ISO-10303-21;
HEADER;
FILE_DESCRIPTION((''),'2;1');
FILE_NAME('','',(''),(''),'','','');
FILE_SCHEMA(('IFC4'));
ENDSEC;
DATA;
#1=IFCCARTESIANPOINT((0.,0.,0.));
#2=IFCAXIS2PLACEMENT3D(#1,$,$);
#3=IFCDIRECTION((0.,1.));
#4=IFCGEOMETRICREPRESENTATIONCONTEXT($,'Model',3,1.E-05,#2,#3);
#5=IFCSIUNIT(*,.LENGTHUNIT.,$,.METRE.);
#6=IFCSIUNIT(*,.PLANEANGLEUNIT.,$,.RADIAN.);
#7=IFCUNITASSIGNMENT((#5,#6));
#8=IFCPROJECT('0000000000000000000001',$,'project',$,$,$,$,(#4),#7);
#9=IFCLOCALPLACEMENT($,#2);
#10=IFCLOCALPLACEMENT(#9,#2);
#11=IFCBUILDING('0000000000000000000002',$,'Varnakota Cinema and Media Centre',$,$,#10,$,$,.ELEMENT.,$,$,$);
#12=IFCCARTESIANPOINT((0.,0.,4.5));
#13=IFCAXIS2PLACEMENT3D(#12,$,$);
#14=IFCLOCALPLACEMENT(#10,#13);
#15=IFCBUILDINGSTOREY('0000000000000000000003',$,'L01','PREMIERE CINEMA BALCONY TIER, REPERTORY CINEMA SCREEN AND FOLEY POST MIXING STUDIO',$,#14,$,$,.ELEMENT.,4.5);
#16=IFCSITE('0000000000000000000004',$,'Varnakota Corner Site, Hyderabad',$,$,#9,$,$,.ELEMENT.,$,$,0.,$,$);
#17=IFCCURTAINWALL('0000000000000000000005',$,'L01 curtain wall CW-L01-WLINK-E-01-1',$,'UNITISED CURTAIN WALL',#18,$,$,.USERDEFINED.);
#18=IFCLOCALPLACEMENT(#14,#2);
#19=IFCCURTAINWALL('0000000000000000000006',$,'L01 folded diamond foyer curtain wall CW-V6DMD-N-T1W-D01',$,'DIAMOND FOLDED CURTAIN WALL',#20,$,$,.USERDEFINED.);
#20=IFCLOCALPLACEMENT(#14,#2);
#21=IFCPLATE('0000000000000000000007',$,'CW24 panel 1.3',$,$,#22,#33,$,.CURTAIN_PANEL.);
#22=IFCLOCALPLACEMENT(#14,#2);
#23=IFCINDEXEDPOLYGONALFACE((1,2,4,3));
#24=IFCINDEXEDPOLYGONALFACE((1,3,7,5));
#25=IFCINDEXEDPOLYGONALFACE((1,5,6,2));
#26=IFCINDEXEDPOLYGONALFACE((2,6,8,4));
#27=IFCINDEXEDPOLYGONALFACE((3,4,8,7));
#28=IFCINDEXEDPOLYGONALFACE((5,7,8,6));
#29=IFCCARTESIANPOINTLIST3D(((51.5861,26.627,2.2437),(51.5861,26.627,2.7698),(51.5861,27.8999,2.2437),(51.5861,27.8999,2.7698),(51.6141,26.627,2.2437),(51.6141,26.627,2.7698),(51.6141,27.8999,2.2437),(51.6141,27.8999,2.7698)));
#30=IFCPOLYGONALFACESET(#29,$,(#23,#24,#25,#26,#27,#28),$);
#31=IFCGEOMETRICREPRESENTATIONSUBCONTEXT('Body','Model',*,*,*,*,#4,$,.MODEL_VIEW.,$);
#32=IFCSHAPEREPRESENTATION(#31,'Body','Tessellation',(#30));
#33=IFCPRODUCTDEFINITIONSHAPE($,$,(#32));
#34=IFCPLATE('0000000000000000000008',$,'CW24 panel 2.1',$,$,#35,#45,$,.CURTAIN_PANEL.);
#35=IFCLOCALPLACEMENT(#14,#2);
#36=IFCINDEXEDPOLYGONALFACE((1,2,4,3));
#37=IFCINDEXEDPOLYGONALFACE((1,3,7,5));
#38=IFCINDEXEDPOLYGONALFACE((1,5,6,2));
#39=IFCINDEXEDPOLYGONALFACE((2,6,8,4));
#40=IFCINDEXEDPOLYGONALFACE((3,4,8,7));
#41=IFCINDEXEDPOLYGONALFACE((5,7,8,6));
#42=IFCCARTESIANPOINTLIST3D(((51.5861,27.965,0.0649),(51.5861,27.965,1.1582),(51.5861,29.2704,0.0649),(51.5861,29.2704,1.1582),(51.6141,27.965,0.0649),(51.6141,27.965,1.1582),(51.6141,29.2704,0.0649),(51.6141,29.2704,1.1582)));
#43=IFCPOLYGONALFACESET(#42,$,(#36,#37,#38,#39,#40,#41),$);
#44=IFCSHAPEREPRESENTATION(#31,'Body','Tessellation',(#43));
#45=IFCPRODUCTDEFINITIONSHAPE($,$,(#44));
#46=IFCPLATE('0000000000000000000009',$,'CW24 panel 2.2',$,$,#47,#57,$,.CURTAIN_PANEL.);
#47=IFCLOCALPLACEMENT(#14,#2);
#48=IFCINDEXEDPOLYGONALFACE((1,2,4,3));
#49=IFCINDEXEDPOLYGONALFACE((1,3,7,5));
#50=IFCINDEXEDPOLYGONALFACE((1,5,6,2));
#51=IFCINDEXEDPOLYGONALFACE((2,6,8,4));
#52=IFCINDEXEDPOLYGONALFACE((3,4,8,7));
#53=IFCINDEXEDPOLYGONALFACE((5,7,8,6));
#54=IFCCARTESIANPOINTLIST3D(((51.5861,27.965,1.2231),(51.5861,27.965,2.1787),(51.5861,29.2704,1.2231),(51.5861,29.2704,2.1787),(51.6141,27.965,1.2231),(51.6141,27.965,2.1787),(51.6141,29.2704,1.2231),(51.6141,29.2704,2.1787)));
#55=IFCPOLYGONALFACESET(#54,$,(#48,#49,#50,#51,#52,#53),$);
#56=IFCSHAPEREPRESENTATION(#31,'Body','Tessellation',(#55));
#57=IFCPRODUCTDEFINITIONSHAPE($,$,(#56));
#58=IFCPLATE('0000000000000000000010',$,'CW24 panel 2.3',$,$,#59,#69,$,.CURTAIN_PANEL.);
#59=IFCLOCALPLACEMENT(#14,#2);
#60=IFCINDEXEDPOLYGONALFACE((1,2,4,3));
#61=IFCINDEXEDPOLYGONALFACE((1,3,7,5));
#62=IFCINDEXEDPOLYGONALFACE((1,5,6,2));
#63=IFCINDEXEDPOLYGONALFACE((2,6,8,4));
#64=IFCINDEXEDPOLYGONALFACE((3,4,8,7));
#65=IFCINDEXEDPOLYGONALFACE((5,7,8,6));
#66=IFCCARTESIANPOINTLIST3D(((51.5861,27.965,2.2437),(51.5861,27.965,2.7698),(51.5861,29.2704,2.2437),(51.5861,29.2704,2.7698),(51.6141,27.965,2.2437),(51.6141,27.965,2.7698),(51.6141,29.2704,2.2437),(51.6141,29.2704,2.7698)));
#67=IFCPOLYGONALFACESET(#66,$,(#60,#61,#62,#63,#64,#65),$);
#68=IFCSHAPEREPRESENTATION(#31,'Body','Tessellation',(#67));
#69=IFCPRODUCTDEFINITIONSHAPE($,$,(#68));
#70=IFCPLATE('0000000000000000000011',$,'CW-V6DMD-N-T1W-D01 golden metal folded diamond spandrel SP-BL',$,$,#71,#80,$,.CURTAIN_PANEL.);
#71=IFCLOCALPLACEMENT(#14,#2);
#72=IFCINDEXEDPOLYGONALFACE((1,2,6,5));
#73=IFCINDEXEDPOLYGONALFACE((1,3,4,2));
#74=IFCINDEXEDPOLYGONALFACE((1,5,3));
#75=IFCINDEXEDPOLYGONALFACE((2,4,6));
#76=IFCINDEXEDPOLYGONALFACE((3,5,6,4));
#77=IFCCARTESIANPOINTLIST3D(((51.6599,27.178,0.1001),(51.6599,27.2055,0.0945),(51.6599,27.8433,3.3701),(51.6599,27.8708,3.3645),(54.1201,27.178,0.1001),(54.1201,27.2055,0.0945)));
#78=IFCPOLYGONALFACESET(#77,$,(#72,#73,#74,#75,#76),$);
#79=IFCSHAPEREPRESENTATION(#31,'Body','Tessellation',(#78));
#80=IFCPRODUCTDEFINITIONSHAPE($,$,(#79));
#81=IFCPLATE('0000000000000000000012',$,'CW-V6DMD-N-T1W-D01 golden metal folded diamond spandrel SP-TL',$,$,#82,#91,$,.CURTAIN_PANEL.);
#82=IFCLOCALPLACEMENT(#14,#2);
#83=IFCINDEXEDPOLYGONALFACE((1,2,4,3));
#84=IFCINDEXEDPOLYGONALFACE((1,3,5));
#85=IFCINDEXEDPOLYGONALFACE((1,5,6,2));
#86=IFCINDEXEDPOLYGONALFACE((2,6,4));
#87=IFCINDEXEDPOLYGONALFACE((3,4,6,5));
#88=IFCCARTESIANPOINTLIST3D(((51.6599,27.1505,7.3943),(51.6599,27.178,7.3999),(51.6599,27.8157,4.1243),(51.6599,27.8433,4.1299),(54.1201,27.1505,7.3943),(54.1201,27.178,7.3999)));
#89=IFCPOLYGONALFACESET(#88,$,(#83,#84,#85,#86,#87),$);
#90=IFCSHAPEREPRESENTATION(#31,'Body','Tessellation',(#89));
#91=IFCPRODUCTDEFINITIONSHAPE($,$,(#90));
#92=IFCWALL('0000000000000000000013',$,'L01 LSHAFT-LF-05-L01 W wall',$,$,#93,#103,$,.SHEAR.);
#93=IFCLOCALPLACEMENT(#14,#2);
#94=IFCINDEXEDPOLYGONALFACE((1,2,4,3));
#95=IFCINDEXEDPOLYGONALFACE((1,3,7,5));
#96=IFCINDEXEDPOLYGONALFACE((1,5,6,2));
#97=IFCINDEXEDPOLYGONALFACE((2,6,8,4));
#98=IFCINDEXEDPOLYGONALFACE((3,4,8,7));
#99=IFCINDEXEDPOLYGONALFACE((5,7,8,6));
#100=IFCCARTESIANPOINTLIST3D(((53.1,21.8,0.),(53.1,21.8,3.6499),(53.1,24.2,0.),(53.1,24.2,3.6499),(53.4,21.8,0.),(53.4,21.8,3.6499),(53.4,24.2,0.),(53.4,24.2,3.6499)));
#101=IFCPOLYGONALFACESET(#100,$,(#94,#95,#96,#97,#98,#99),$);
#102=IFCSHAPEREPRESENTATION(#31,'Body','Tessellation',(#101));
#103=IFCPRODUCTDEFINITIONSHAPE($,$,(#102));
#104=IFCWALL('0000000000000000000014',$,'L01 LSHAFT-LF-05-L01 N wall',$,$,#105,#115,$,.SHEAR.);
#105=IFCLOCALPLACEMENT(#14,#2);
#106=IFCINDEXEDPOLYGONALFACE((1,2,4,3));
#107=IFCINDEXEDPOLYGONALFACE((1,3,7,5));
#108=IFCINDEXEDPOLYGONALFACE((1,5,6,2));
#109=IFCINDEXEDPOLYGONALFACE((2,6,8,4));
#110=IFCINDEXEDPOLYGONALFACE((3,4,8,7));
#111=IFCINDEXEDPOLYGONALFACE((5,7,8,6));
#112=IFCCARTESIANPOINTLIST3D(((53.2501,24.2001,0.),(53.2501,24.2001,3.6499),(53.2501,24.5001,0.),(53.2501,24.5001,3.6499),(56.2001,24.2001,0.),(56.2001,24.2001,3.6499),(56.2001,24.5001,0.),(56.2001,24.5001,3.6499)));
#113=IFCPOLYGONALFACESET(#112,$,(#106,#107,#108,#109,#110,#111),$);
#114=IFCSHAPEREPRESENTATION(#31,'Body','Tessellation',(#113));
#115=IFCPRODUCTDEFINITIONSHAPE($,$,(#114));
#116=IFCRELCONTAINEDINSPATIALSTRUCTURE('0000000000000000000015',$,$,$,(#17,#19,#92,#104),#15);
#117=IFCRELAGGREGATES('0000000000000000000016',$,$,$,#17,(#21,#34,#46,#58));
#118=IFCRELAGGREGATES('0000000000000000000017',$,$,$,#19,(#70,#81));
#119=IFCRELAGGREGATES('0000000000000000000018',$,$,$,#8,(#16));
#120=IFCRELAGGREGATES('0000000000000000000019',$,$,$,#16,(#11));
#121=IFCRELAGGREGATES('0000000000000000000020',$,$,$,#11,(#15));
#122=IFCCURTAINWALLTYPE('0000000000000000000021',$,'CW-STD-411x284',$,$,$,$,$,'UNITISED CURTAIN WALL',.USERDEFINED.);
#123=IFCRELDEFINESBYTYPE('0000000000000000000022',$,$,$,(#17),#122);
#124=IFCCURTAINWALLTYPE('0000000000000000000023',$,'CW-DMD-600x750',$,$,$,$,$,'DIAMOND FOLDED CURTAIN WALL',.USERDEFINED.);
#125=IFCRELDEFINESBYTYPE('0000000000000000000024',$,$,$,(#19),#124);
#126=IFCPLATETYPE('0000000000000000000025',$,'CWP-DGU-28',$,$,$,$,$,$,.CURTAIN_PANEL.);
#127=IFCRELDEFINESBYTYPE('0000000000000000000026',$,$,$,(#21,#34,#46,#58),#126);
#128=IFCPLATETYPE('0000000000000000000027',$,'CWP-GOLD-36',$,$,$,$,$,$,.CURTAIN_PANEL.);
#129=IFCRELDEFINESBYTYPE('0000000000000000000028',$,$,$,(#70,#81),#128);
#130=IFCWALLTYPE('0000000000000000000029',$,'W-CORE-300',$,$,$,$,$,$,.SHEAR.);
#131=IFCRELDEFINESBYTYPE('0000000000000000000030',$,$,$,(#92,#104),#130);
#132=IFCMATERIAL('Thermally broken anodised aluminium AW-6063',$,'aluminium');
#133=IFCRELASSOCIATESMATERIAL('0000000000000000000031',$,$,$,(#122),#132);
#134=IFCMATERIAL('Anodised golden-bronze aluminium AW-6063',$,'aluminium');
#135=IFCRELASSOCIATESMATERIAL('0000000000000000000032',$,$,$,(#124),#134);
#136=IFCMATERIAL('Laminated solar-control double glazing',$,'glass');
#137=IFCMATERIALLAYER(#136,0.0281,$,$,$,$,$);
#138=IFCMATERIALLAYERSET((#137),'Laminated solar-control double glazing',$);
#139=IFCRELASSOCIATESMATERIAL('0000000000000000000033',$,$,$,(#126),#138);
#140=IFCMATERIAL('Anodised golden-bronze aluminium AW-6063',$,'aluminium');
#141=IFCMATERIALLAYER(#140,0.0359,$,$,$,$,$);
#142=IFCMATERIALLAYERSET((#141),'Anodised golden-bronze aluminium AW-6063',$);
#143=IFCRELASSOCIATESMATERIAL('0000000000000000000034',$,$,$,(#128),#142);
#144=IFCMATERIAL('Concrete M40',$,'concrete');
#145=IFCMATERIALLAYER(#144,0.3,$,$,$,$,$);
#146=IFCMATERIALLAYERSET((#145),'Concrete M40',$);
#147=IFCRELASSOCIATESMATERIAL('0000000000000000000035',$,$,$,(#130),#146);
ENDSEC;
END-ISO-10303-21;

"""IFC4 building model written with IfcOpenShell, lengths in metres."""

from ifc_helpers import new_model, si_unit, direction, frame, frame_2d, origin, origin_2d, place, context, subcontext, project, spatial, polyline, rectangle, outline, extrude, material, layer, layer_set, type_object, element, aggregate, save


model = new_model("IFC4")

# Units and contexts
model_context = context("Model", 3, precision=1e-05, world=origin(), true_north=direction((0.0, 1.0)))
body_context = subcontext(model_context, "Body", "Model", "MODEL_VIEW")
ifc_project = project(units=[si_unit("LENGTHUNIT", "METRE"), si_unit("PLANEANGLEUNIT", "RADIAN")], contexts=[model_context])

# Site, building, storey
site_placement = place(None, origin())
site = spatial("IfcSite", under=ifc_project, at=site_placement, Name="Varnakota Corner Site, Hyderabad", CompositionType="ELEMENT", RefElevation=0.0)
building_placement = place(site_placement, origin())
building = spatial("IfcBuilding", under=site, at=building_placement, Name="Varnakota Cinema and Media Centre", CompositionType="ELEMENT")
storey_placement = place(building_placement, frame((0.0, 0.0, 4.5)))
storey = spatial("IfcBuildingStorey", under=building, at=storey_placement, Name="L01", Description="PREMIERE CINEMA BALCONY TIER, REPERTORY CINEMA SCREEN AND FOLEY POST MIXING STUDIO", CompositionType="ELEMENT", Elevation=4.5)

# Curtain wall
ifc_material_1 = material(Name="Thermally broken anodised aluminium AW-6063", Category="aluminium")
curtain_wall_type_1 = type_object("IfcCurtainWallType", Name="CW-STD-411x284", ElementType="UNITISED CURTAIN WALL", PredefinedType="USERDEFINED", material=ifc_material_1)
curtain_wall_1_placement = place(storey_placement, origin())
curtain_wall_1 = element("IfcCurtainWall", 1, at=curtain_wall_1_placement, inside=storey, type_object=curtain_wall_type_1, Name="L01 curtain wall CW-L01-WLINK-E-01-1", ObjectType="UNITISED CURTAIN WALL", PredefinedType="USERDEFINED")

# Curtain wall
ifc_material_2 = material(Name="Anodised golden-bronze aluminium AW-6063", Category="aluminium")
curtain_wall_type_2 = type_object("IfcCurtainWallType", Name="CW-DMD-600x750", ElementType="DIAMOND FOLDED CURTAIN WALL", PredefinedType="USERDEFINED", material=ifc_material_2)
curtain_wall_2_placement = place(storey_placement, origin())
curtain_wall_2 = element("IfcCurtainWall", 2, at=curtain_wall_2_placement, inside=storey, type_object=curtain_wall_type_2, Name="L01 folded diamond foyer curtain wall CW-V6DMD-N-T1W-D01", ObjectType="DIAMOND FOLDED CURTAIN WALL", PredefinedType="USERDEFINED")

# Plates
ifc_material_3 = material(Name="Laminated solar-control double glazing", Category="glass")
ifc_layer_1 = layer(ifc_material_3, 0.0281)
ifc_layer_set_1 = layer_set([ifc_layer_1], Name="Laminated solar-control double glazing")
plate_type_1 = type_object("IfcPlateType", Name="CWP-DGU-28", PredefinedType="CURTAIN_PANEL", material=ifc_layer_set_1)
plate_1_placement = place(storey_placement, frame((51.6001, 27.2634, 2.2437), z_axis=(0.0, 0.0, 1.0), x_axis=(0.0, 1.0, 0.0)))
plate_1 = element("IfcPlate", 3, at=plate_1_placement, type_object=plate_type_1, Name="CW24 panel 1.3", PredefinedType="CURTAIN_PANEL", context=body_context, shape_type="SweptSolid", body=[
    extrude(rectangle(XDim=1.2729, YDim=0.0281, at=origin_2d()), origin(), (0.0, 0.0, 1.0), 0.5261),
])
plate_2_placement = place(storey_placement, frame((51.6001, 28.6177, 0.0649), z_axis=(0.0, 0.0, 1.0), x_axis=(0.0, 1.0, 0.0)))
plate_2 = element("IfcPlate", 4, at=plate_2_placement, type_object=plate_type_1, Name="CW24 panel 2.1", PredefinedType="CURTAIN_PANEL", context=body_context, shape_type="SweptSolid", body=[
    extrude(rectangle(XDim=1.3054, YDim=0.0281, at=origin_2d()), origin(), (0.0, 0.0, 1.0), 1.0933),
])
plate_3_placement = place(storey_placement, frame((51.6001, 28.6177, 1.2231), z_axis=(0.0, 0.0, 1.0), x_axis=(0.0, 1.0, 0.0)))
plate_3 = element("IfcPlate", 5, at=plate_3_placement, type_object=plate_type_1, Name="CW24 panel 2.2", PredefinedType="CURTAIN_PANEL", context=body_context, shape_type="SweptSolid", body=[
    extrude(rectangle(XDim=1.3054, YDim=0.0281, at=origin_2d()), origin(), (0.0, 0.0, 1.0), 0.9556),
])
plate_4_placement = place(storey_placement, frame((51.6001, 28.6177, 2.2437), z_axis=(0.0, 0.0, 1.0), x_axis=(0.0, 1.0, 0.0)))
plate_4 = element("IfcPlate", 6, at=plate_4_placement, type_object=plate_type_1, Name="CW24 panel 2.3", PredefinedType="CURTAIN_PANEL", context=body_context, shape_type="SweptSolid", body=[
    extrude(rectangle(XDim=1.3054, YDim=0.0281, at=origin_2d()), origin(), (0.0, 0.0, 1.0), 0.5261),
])
aggregate(curtain_wall_1, [plate_1, plate_2, plate_3, plate_4])
ifc_material_4 = material(Name="Anodised golden-bronze aluminium AW-6063", Category="aluminium")
ifc_layer_2 = layer(ifc_material_4, 0.0359)
ifc_layer_set_2 = layer_set([ifc_layer_2], Name="Anodised golden-bronze aluminium AW-6063")
plate_type_2 = type_object("IfcPlateType", Name="CWP-GOLD-36", PredefinedType="CURTAIN_PANEL", material=ifc_layer_set_2)
plate_5_placement = place(storey_placement, frame((51.6599, 27.178, 0.1001), z_axis=(0.0, -0.979925, 0.199365), x_axis=(1.0, 0.0, 0.0)))
plate_5 = element("IfcPlate", 7, at=plate_5_placement, type_object=plate_type_2, Name="CW-V6DMD-N-T1W-D01 golden metal folded diamond spandrel SP-BL", PredefinedType="CURTAIN_PANEL", context=body_context, shape_type="SweptSolid", body=[
    extrude(outline(polyline([(0.0, 0.0), (2.4602, 0.0), (0.0, 3.337), (0.0, 0.0)])), origin(), (0.0, 0.0, -1.0), 0.0281),
])
plate_6_placement = place(storey_placement, frame((51.6599, 27.8433, 4.1299), z_axis=(0.0, 0.979925, 0.199365), x_axis=(0.593411, -0.160469, 0.788741)))
plate_6 = element("IfcPlate", 8, at=plate_6_placement, type_object=plate_type_2, Name="CW-V6DMD-N-T1W-D01 golden metal folded diamond spandrel SP-TL", PredefinedType="CURTAIN_PANEL", context=body_context, shape_type="SweptSolid", body=[
    extrude(outline(polyline([(0.0, 0.0), (4.1459, 0.0), (2.686, -1.9802), (0.0, 0.0)])), origin(), (0.0, 0.0, -1.0), 0.0281),
])
aggregate(curtain_wall_2, [plate_5, plate_6])

# Walls
ifc_material_5 = material(Name="Concrete M40", Category="concrete")
ifc_layer_3 = layer(ifc_material_5, 0.3)
ifc_layer_set_3 = layer_set([ifc_layer_3], Name="Concrete M40")
wall_type = type_object("IfcWallType", Name="W-CORE-300", PredefinedType="SHEAR", material=ifc_layer_set_3)
wall_1_placement = place(storey_placement, frame((53.25, 21.8, 0.0), z_axis=(0.0, 0.0, 1.0), x_axis=(0.0, 1.0, 0.0)))
element("IfcWall", 9, at=wall_1_placement, inside=storey, type_object=wall_type, Name="L01 LSHAFT-LF-05-L01 W wall", PredefinedType="SHEAR", context=body_context, shape_type="SweptSolid", body=[
    extrude(rectangle(XDim=2.3999, YDim=0.3, at=frame_2d((1.2, 0.0))), origin(), (0.0, 0.0, 1.0), 3.6499),
])
wall_2_placement = place(storey_placement, frame((53.25, 24.3501, 0.0), z_axis=(0.0, 0.0, 1.0), x_axis=(1.0, 0.0, 0.0)))
element("IfcWall", 10, at=wall_2_placement, inside=storey, type_object=wall_type, Name="L01 LSHAFT-LF-05-L01 N wall", PredefinedType="SHEAR", context=body_context, shape_type="SweptSolid", body=[
    extrude(rectangle(XDim=2.95, YDim=0.3, at=frame_2d((1.4751, 0.0))), origin(), (0.0, 0.0, 1.0), 3.6499),
])

save(model, "model.ifc")
